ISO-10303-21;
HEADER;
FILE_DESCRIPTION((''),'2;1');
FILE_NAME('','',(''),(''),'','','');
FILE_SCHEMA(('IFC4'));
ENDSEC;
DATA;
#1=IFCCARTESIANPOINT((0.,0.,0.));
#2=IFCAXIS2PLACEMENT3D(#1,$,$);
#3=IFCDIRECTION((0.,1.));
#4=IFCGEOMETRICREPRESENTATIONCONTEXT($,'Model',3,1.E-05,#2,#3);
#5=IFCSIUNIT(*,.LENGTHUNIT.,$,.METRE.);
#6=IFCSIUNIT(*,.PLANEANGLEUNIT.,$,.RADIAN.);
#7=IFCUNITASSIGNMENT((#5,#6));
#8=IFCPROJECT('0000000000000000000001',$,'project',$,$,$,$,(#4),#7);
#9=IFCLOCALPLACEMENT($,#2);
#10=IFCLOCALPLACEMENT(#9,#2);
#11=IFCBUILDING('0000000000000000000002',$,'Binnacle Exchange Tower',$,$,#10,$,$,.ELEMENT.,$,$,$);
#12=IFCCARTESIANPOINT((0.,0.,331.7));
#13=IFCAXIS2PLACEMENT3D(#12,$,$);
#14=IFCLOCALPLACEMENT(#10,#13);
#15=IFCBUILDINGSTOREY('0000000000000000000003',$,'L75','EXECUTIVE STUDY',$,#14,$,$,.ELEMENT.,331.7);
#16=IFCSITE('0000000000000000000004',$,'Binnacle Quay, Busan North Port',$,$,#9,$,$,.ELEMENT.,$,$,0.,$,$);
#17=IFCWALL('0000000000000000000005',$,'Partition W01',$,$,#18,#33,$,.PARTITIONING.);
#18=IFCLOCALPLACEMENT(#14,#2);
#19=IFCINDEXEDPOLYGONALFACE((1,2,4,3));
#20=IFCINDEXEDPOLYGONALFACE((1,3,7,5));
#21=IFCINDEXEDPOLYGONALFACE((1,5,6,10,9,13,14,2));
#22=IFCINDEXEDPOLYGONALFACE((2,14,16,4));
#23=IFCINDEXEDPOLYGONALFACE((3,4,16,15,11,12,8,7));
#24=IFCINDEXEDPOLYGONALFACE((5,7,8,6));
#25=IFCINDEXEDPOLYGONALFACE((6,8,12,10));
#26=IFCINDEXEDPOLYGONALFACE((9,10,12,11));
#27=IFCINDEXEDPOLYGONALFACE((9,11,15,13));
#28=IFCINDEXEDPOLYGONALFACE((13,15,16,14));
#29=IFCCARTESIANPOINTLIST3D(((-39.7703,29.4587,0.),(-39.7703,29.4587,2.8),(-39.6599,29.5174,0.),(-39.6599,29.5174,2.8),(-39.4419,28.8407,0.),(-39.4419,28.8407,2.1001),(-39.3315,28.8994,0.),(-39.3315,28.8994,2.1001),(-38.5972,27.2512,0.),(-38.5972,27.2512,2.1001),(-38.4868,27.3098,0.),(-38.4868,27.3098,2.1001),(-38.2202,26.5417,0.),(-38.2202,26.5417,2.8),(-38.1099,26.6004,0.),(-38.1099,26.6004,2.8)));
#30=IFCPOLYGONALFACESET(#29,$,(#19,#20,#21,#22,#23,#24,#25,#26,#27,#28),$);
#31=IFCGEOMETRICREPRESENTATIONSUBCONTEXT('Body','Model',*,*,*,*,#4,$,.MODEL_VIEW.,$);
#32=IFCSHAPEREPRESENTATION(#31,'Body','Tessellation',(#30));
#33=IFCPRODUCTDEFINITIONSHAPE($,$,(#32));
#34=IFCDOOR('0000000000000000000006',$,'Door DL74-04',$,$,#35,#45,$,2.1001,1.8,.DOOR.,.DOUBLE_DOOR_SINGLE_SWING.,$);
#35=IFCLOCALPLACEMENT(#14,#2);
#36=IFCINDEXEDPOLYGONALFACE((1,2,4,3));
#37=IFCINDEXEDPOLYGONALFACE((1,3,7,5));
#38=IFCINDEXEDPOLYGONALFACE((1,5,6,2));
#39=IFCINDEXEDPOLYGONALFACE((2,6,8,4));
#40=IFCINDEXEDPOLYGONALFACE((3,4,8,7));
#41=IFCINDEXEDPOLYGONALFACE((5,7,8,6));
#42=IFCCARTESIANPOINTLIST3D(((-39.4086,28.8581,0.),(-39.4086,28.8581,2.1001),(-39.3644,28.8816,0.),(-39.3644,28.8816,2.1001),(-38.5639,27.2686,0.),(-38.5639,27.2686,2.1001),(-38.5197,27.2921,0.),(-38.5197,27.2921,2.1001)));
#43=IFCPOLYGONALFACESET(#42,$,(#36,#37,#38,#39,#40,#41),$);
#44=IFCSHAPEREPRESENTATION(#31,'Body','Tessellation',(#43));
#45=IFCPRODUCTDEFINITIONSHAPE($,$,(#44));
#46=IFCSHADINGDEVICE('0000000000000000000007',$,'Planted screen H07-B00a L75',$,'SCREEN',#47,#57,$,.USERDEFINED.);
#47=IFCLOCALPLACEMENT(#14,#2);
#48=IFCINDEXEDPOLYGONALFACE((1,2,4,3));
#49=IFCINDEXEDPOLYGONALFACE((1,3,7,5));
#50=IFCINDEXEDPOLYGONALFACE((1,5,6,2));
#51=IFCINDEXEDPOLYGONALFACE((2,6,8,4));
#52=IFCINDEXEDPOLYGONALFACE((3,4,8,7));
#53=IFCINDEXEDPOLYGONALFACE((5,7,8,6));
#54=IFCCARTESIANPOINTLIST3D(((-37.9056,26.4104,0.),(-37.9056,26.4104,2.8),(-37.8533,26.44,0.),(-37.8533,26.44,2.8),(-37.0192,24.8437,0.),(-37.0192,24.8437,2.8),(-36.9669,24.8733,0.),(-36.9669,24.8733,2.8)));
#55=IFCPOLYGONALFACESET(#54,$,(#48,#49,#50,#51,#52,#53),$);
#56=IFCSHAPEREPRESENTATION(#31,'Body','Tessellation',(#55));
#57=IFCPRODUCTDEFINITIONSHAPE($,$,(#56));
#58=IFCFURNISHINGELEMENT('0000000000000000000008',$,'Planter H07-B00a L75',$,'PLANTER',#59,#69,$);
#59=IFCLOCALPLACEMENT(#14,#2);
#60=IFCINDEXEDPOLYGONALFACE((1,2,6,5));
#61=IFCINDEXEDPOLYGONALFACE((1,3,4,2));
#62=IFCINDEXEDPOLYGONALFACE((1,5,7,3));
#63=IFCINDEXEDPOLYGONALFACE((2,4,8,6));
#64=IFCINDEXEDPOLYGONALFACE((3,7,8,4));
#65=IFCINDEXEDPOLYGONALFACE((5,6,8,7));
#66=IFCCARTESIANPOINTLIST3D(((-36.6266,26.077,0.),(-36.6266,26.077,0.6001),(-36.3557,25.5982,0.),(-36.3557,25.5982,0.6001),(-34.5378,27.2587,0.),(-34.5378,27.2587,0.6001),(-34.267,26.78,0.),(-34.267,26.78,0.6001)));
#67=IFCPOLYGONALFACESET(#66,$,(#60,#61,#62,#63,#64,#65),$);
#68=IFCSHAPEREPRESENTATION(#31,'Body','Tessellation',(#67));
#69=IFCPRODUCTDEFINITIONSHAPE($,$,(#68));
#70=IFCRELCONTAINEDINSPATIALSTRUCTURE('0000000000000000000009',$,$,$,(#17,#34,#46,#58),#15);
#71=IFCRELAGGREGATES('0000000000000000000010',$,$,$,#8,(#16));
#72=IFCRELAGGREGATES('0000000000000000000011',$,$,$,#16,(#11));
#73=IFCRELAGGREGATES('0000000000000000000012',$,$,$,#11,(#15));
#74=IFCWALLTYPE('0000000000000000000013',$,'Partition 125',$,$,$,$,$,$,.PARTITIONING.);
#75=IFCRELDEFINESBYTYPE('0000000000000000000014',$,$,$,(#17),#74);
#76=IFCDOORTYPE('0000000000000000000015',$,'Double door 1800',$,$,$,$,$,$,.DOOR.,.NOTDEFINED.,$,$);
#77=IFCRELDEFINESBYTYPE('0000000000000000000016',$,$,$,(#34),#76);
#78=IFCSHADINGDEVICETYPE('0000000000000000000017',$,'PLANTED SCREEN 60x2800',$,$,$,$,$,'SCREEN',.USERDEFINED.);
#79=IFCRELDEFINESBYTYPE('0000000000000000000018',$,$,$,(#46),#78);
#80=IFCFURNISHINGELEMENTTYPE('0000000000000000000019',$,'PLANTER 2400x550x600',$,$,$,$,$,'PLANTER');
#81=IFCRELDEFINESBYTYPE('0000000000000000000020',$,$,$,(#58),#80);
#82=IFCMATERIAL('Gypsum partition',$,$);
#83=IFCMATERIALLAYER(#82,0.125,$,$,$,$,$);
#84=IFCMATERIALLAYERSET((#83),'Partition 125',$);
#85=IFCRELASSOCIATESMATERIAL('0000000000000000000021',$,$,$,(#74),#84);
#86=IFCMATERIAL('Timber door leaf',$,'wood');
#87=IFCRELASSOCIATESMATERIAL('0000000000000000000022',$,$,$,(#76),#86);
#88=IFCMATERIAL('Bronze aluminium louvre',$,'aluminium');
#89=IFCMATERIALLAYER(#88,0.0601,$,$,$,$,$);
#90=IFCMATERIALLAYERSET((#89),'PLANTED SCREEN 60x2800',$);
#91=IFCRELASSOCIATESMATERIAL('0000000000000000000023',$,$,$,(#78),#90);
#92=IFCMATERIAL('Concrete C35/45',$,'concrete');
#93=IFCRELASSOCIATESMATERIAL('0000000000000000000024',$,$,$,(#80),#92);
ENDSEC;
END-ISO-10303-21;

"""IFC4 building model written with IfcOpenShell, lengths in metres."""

from ifc_helpers import new_model, si_unit, direction, frame, frame_2d, origin, origin_2d, place, context, subcontext, project, spatial, rectangle, extrude, material, layer, layer_set, type_object, element, fill, save


model = new_model("IFC4")

# Units and contexts
model_context = context("Model", 3, precision=1e-05, world=origin(), true_north=direction((0.0, 1.0)))
body_context = subcontext(model_context, "Body", "Model", "MODEL_VIEW")
ifc_project = project(units=[si_unit("LENGTHUNIT", "METRE"), si_unit("PLANEANGLEUNIT", "RADIAN")], contexts=[model_context])

# Site, building, storey
site_placement = place(None, origin())
site = spatial("IfcSite", under=ifc_project, at=site_placement, Name="Binnacle Quay, Busan North Port", CompositionType="ELEMENT", RefElevation=0.0)
building_placement = place(site_placement, origin())
building = spatial("IfcBuilding", under=site, at=building_placement, Name="Binnacle Exchange Tower", CompositionType="ELEMENT")
storey_placement = place(building_placement, frame((0.0, 0.0, 331.7)))
storey = spatial("IfcBuildingStorey", under=building, at=storey_placement, Name="L75", Description="EXECUTIVE STUDY", CompositionType="ELEMENT", Elevation=331.7)

# Wall, opening, door
ifc_material_1 = material(Name="Gypsum partition")
ifc_layer_1 = layer(ifc_material_1, 0.125)
ifc_layer_set_1 = layer_set([ifc_layer_1], Name="Partition 125")
wall_type_1 = type_object("IfcWallType", Name="Partition 125", PredefinedType="PARTITIONING", material=ifc_layer_set_1)
wall_1_placement = place(storey_placement, frame((-39.7151, 29.488, 0.0), z_axis=(0.0, 0.0, 1.0), x_axis=(0.469249, -0.883066, 0.0)))
wall_1 = element("IfcWall", 1, at=wall_1_placement, inside=storey, type_object=wall_type_1, Name="Partition W01", PredefinedType="PARTITIONING", context=body_context, shape_type="SweptSolid", body=[
    extrude(rectangle(XDim=3.3032, YDim=0.125, at=frame_2d((1.6516, 0.0))), origin(), (0.0, 0.0, 1.0), 2.8),
])
opening_1_placement = place(wall_1_placement, frame((0.7, 0.0, 0.0)))
opening_1 = element("IfcOpeningElement", 2, at=opening_1_placement, cuts=wall_1, PredefinedType="OPENING", context=body_context, shape_type="SweptSolid", body=[
    extrude(rectangle(XDim=1.8, YDim=2.1001, at=frame_2d((0.8999, 1.05))), frame((0.0, 0.0725, 0.0), z_axis=(0.0, -1.0, 0.0), x_axis=(1.0, 0.0, 0.0)), (0.0, 0.0, 1.0), 0.145),
])
ifc_material_2 = material(Name="Timber door leaf", Category="wood")
door_type_1 = type_object("IfcDoorType", Name="Double door 1800", OperationType="NOTDEFINED", PredefinedType="DOOR", material=ifc_material_2)
door_1_placement = place(opening_1_placement, frame((1.8, 0.0, 0.0), z_axis=(0.0, 0.0, 1.0), x_axis=(-1.0, 0.0, 0.0)))
door_1 = element("IfcDoor", 3, at=door_1_placement, inside=storey, type_object=door_type_1, Name="Door DL74-04", OperationType="DOUBLE_DOOR_SINGLE_SWING", OverallHeight=2.1001, OverallWidth=1.8, PredefinedType="DOOR", context=body_context, shape_type="SweptSolid", body=[
    extrude(rectangle(XDim=1.8, YDim=2.1001, at=frame_2d((0.8999, 1.05))), frame((0.0, 0.0249, 0.0), z_axis=(0.0, -1.0, 0.0), x_axis=(1.0, 0.0, 0.0)), (0.0, 0.0, 1.0), 0.05),
])
fill(opening_1, door_1)

# Shading device
ifc_material_3 = material(Name="Bronze aluminium louvre", Category="aluminium")
ifc_layer_2 = layer(ifc_material_3, 0.0601)
ifc_layer_set_2 = layer_set([ifc_layer_2], Name="PLANTED SCREEN 60x2800")
shading_device_type = type_object("IfcShadingDeviceType", Name="PLANTED SCREEN 60x2800", ElementType="SCREEN", PredefinedType="USERDEFINED", material=ifc_layer_set_2)
shading_device_placement = place(storey_placement, frame((-37.4363, 25.6418, 0.0), z_axis=(0.0, 0.0, 1.0), x_axis=(0.870356, 0.492424, 0.0)))
element("IfcShadingDevice", 4, at=shading_device_placement, inside=storey, type_object=shading_device_type, Name="Planted screen H07-B00a L75", ObjectType="SCREEN", PredefinedType="USERDEFINED", context=body_context, shape_type="SweptSolid", body=[
    extrude(rectangle(XDim=0.0601, YDim=1.8, at=origin_2d()), origin(), (0.0, 0.0, 1.0), 2.8),
])

# Furnishing element
ifc_material_4 = material(Name="Concrete C35/45", Category="concrete")
furnishing_element_type = type_object("IfcFurnishingElementType", Name="PLANTER 2400x550x600", ElementType="PLANTER", material=ifc_material_4)
furnishing_placement = place(storey_placement, frame((-35.4468, 26.4285, 0.0), z_axis=(0.0, 0.0, 1.0), x_axis=(0.870356, 0.492424, 0.0)))
element("IfcFurnishingElement", 5, at=furnishing_placement, inside=storey, type_object=furnishing_element_type, Name="Planter H07-B00a L75", ObjectType="PLANTER", context=body_context, shape_type="SweptSolid", body=[
    extrude(rectangle(XDim=2.3999, YDim=0.55, at=origin_2d()), origin(), (0.0, 0.0, 1.0), 0.6001),
])

save(model, "model.ifc")
